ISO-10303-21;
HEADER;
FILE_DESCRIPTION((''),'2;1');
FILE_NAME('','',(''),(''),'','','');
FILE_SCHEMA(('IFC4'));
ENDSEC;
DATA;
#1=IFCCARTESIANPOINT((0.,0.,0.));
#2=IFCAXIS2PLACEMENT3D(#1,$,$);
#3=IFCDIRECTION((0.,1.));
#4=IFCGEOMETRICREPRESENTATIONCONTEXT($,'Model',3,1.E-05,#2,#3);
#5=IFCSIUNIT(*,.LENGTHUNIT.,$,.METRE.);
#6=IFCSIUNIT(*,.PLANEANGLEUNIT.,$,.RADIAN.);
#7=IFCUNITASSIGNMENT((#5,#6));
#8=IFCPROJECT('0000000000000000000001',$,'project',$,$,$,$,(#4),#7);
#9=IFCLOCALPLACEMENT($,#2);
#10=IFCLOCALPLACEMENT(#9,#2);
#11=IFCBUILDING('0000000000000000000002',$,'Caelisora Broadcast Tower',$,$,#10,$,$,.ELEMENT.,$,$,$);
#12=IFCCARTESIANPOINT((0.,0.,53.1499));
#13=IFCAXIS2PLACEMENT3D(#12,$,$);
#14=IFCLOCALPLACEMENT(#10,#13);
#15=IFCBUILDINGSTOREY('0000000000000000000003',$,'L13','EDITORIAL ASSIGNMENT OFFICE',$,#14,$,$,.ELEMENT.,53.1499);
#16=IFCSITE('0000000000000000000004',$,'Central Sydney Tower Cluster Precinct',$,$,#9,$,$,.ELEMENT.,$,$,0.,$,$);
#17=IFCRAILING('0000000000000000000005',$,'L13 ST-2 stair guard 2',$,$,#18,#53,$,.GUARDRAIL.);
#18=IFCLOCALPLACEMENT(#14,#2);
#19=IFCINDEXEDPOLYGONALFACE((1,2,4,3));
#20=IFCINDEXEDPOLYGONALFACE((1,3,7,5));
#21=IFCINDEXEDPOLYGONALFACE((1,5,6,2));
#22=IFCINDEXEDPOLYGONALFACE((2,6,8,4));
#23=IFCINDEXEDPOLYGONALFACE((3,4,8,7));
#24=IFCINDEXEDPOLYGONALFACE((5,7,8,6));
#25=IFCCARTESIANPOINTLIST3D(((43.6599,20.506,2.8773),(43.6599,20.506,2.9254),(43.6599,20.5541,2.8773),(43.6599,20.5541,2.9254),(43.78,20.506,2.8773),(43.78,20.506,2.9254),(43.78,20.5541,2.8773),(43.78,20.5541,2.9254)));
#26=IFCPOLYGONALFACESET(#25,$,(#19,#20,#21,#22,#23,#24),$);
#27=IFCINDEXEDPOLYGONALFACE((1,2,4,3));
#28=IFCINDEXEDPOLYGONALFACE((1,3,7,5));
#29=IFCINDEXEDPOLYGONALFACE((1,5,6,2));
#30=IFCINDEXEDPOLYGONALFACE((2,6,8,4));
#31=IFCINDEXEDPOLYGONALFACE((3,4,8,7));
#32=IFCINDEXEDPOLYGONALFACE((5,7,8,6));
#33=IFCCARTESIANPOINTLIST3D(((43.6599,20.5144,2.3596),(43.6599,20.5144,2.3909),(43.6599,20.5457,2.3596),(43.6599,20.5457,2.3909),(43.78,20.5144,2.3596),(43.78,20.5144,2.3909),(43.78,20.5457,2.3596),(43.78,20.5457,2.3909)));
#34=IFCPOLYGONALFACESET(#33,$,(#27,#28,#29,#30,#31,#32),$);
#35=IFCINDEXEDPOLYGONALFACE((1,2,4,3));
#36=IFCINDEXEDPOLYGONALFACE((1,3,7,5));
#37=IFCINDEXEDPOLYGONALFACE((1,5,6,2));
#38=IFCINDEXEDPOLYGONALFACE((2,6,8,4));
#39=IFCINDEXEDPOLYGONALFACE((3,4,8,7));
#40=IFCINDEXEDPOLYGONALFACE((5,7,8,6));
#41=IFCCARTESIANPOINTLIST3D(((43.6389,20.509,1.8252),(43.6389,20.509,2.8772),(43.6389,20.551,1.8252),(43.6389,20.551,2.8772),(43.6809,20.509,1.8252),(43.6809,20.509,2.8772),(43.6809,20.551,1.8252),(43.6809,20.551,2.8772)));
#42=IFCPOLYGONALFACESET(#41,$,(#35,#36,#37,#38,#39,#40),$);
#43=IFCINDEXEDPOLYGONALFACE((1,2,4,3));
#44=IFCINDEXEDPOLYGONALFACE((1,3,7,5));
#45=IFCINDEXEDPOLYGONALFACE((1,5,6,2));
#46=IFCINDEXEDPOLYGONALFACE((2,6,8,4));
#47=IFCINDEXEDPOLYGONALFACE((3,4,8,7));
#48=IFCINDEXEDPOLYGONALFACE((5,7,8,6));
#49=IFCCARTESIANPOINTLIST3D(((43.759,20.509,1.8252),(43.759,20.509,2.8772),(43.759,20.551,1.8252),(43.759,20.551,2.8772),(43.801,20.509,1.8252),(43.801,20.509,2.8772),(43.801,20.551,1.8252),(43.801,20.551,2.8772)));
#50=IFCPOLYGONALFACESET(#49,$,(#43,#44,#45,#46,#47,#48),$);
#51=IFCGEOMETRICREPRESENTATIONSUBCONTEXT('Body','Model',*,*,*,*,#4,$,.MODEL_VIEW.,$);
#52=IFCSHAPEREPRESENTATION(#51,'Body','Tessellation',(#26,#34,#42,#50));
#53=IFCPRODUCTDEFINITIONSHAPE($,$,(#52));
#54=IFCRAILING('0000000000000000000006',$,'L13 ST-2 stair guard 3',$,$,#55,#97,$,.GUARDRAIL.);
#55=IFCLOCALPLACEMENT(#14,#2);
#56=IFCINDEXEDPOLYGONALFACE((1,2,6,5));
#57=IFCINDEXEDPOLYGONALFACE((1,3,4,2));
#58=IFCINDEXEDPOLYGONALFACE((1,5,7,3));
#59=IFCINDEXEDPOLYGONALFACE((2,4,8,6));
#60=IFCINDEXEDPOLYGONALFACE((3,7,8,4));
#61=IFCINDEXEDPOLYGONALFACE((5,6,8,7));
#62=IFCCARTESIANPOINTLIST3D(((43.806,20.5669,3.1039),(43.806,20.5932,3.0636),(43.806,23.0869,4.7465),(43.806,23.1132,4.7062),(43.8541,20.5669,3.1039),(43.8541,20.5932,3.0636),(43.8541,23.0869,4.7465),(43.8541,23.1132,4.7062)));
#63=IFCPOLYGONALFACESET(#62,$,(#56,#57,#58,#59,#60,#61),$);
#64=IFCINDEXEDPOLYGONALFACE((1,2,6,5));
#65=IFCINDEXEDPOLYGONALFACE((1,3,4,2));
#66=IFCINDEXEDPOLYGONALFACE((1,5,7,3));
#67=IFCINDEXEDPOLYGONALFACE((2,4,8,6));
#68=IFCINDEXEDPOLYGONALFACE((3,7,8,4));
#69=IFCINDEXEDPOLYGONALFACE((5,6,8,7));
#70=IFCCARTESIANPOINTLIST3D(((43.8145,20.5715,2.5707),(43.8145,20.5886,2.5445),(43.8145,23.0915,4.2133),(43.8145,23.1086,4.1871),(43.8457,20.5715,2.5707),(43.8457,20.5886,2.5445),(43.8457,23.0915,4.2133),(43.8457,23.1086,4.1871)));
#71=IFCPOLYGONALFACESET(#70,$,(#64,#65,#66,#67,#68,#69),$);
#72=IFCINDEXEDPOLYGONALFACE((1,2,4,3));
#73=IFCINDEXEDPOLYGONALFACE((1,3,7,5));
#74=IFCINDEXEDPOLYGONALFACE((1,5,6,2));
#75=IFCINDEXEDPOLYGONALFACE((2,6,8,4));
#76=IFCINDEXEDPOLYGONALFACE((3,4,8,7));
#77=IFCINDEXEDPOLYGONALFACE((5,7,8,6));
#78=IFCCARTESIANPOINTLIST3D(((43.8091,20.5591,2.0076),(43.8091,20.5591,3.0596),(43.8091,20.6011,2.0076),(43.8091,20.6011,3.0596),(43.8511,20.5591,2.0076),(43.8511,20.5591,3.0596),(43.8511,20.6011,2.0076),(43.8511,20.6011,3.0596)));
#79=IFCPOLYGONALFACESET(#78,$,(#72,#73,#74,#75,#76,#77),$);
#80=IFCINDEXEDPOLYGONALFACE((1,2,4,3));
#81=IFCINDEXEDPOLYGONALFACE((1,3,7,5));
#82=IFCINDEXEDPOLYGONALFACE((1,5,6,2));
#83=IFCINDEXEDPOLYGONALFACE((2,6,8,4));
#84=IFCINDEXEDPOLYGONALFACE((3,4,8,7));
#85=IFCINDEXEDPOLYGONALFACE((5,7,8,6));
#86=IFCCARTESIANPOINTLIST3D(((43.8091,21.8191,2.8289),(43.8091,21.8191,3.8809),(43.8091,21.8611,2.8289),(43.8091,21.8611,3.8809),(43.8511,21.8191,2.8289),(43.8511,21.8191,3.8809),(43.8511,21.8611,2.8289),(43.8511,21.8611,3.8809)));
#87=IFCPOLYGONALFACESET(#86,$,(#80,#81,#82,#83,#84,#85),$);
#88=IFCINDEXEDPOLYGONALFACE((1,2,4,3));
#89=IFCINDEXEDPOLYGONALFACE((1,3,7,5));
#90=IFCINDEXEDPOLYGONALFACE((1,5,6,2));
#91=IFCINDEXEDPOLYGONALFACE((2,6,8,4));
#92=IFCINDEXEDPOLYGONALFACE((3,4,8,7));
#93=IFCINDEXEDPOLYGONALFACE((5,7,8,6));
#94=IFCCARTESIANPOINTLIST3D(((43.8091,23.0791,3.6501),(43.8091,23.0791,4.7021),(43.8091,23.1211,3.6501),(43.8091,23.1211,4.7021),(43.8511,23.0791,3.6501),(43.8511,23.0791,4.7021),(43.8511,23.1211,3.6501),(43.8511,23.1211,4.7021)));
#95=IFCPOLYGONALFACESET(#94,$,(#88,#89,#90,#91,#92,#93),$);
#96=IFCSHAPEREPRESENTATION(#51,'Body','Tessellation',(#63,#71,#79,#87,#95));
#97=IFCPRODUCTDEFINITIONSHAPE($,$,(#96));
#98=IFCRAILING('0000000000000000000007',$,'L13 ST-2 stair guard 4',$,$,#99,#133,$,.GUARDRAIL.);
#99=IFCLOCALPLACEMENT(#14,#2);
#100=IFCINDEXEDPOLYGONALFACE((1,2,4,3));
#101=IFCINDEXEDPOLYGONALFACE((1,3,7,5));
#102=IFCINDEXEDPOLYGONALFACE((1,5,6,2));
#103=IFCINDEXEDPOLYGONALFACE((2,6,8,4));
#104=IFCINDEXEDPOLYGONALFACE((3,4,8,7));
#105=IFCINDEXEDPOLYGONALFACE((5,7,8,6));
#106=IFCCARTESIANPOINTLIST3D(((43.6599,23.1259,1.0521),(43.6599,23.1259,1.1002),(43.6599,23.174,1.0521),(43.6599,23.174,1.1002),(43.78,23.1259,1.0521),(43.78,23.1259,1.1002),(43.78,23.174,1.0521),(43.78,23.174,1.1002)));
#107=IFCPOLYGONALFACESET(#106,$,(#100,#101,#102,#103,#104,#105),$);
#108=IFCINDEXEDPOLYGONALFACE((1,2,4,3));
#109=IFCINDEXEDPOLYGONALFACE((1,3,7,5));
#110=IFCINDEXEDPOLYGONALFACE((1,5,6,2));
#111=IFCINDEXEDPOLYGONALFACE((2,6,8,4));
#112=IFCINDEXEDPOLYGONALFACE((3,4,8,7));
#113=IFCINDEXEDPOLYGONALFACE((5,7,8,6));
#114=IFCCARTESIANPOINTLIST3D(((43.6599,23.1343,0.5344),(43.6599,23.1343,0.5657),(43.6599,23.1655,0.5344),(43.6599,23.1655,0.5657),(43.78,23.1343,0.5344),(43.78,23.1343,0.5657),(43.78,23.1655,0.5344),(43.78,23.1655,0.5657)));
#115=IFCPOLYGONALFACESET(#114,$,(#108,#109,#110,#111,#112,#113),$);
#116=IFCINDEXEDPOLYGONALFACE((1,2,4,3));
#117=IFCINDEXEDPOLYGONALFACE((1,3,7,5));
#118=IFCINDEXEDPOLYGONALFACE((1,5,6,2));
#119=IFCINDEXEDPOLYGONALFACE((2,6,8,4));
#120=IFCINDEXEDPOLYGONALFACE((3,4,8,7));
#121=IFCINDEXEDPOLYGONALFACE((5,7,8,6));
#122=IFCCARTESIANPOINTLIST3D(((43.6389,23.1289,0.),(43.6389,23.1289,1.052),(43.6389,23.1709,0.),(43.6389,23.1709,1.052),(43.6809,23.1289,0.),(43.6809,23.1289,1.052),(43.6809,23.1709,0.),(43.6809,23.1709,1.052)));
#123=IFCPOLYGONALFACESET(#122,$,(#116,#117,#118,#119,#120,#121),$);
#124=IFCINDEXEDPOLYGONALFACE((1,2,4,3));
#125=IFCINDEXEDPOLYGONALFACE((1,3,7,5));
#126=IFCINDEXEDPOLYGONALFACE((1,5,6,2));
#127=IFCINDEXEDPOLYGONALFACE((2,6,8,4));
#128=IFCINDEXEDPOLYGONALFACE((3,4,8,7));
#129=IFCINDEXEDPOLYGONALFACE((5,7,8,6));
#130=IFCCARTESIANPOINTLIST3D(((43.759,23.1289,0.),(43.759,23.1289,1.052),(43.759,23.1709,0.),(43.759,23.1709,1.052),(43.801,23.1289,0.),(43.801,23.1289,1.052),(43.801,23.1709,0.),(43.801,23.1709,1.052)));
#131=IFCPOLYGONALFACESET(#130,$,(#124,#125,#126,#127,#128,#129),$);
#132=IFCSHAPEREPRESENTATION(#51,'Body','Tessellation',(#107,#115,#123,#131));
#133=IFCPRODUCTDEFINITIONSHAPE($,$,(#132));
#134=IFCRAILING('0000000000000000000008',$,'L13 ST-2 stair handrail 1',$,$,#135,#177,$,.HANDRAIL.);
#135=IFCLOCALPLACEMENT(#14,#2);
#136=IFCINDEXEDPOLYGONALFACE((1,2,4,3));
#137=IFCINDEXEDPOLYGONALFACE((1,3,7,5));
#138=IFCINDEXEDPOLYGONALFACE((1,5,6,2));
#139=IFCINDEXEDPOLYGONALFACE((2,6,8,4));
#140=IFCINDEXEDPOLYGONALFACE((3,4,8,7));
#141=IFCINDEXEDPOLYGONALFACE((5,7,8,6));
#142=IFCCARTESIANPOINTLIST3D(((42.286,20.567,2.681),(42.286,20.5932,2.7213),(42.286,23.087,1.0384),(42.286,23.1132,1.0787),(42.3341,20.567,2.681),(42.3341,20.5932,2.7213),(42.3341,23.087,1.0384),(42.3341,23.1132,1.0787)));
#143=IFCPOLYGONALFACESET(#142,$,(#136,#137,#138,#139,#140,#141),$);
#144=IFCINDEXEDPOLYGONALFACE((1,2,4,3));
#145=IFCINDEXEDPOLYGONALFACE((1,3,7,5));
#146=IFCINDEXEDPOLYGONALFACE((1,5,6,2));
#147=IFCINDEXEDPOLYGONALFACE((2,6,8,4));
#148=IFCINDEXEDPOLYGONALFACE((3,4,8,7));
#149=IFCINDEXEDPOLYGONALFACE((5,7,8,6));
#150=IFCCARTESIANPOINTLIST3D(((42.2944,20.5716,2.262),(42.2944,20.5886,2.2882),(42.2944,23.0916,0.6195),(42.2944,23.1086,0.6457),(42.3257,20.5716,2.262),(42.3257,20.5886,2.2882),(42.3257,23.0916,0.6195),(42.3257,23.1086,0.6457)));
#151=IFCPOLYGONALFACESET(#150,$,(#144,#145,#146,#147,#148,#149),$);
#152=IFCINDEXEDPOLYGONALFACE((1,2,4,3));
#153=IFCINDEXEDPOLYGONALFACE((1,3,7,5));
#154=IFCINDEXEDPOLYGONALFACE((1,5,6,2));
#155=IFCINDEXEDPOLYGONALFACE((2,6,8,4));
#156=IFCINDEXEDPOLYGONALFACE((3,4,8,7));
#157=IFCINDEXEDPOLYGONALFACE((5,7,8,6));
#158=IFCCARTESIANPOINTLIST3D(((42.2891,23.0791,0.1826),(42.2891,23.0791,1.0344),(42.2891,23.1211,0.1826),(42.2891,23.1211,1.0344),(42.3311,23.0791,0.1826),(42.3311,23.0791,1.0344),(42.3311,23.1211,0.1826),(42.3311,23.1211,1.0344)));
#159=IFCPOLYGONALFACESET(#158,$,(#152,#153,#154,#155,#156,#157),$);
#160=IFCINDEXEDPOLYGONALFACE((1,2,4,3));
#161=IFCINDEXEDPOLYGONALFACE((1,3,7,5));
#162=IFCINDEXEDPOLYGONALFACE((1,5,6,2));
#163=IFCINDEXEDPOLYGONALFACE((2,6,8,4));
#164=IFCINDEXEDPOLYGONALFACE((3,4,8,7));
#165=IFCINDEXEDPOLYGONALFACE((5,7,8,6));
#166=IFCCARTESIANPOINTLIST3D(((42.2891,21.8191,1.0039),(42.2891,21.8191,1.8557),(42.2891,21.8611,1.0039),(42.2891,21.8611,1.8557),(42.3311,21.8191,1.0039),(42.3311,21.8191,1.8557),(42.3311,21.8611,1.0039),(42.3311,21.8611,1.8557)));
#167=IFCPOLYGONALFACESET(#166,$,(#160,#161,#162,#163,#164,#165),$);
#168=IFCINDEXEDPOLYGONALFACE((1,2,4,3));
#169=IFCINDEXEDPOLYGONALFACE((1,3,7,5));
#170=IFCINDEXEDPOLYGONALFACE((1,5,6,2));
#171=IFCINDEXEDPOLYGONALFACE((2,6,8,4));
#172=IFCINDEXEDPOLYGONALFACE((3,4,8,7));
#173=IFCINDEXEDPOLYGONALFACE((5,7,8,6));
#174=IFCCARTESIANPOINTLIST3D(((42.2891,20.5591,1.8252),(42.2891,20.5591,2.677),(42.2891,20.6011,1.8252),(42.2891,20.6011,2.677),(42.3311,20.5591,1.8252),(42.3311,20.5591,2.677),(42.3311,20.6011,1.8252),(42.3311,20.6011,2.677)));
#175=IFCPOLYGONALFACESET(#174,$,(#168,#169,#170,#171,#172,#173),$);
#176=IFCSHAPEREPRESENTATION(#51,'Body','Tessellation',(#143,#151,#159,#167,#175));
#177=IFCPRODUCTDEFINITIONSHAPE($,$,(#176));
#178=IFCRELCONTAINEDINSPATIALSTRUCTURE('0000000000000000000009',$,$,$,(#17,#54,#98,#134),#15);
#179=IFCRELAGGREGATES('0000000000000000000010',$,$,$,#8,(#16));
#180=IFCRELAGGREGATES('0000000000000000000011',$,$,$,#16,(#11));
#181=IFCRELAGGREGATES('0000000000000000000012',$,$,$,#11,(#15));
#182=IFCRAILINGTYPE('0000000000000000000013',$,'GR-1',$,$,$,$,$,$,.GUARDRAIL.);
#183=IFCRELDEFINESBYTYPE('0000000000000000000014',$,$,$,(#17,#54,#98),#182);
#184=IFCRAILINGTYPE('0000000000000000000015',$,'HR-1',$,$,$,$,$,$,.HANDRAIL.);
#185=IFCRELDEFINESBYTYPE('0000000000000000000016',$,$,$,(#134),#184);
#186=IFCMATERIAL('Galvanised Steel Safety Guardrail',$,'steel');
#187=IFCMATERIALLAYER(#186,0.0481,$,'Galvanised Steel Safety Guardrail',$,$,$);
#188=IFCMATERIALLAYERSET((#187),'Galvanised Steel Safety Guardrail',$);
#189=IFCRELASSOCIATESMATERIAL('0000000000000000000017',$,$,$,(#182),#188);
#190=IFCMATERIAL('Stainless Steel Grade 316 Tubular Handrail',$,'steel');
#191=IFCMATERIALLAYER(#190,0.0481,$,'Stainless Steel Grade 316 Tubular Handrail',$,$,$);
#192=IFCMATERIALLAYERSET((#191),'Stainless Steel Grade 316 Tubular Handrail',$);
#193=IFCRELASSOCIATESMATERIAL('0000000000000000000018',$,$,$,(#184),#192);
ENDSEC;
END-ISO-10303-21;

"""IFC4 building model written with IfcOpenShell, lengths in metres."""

from ifc_helpers import new_model, si_unit, direction, frame, origin, origin_2d, place, context, subcontext, project, spatial, rectangle, extrude, material, layer, layer_set, type_object, element, save


model = new_model("IFC4")

# Units and contexts
model_context = context("Model", 3, precision=1e-05, world=origin(), true_north=direction((0.0, 1.0)))
body_context = subcontext(model_context, "Body", "Model", "MODEL_VIEW")
ifc_project = project(units=[si_unit("LENGTHUNIT", "METRE"), si_unit("PLANEANGLEUNIT", "RADIAN")], contexts=[model_context])

# Site, building, storey
site_placement = place(None, origin())
site = spatial("IfcSite", under=ifc_project, at=site_placement, Name="Central Sydney Tower Cluster Precinct", CompositionType="ELEMENT", RefElevation=0.0)
building_placement = place(site_placement, origin())
building = spatial("IfcBuilding", under=site, at=building_placement, Name="Caelisora Broadcast Tower", CompositionType="ELEMENT")
storey_placement = place(building_placement, frame((0.0, 0.0, 53.1499)))
storey = spatial("IfcBuildingStorey", under=building, at=storey_placement, Name="L13", Description="EDITORIAL ASSIGNMENT OFFICE", CompositionType="ELEMENT", Elevation=53.1499)

# Railings
ifc_material_1 = material(Name="Galvanised Steel Safety Guardrail", Category="steel")
ifc_layer_1 = layer(ifc_material_1, 0.0481, Name="Galvanised Steel Safety Guardrail")
ifc_layer_set_1 = layer_set([ifc_layer_1], Name="Galvanised Steel Safety Guardrail")
railing_type_1 = type_object("IfcRailingType", Name="GR-1", PredefinedType="GUARDRAIL", material=ifc_layer_set_1)
railing_1_placement = place(storey_placement, frame((43.6599, 20.53, 1.8252)))
element("IfcRailing", 1, at=railing_1_placement, inside=storey, type_object=railing_type_1, Name="L13 ST-2 stair guard 2", PredefinedType="GUARDRAIL", context=body_context, shape_type="SweptSolid", body=[
    extrude(rectangle(XDim=0.0481, YDim=0.0481, at=origin_2d()), frame((0.0, 0.0, 1.0762), z_axis=(1.0, 0.0, 0.0), x_axis=(0.0, 1.0, 0.0)), (0.0, 0.0, 1.0), 0.1201),
    extrude(rectangle(XDim=0.0312, YDim=0.0312, at=origin_2d()), frame((0.0, 0.0, 0.55), z_axis=(1.0, 0.0, 0.0), x_axis=(0.0, 1.0, 0.0)), (0.0, 0.0, 1.0), 0.1201),
    extrude(rectangle(XDim=0.042, YDim=0.042, at=origin_2d()), origin(), (0.0, 0.0, 1.0), 1.052),
    extrude(rectangle(XDim=0.042, YDim=0.042, at=origin_2d()), frame((0.1201, 0.0, 0.0)), (0.0, 0.0, 1.0), 1.052),
])
railing_2_placement = place(storey_placement, frame((43.8301, 20.5801, 2.0076)))
element("IfcRailing", 2, at=railing_2_placement, inside=storey, type_object=railing_type_1, Name="L13 ST-2 stair guard 3", PredefinedType="GUARDRAIL", context=body_context, shape_type="SweptSolid", body=[
    extrude(rectangle(XDim=0.0481, YDim=0.0481, at=origin_2d()), frame((0.0, 0.0, 1.0762), z_axis=(0.0, 0.837749, 0.546055), x_axis=(-1.0, 0.0, 0.0)), (0.0, 0.0, 1.0), 3.0081),
    extrude(rectangle(XDim=0.0312, YDim=0.0312, at=origin_2d()), frame((0.0, 0.0, 0.55), z_axis=(0.0, 0.837749, 0.546055), x_axis=(-1.0, 0.0, 0.0)), (0.0, 0.0, 1.0), 3.0081),
    extrude(rectangle(XDim=0.042, YDim=0.042, at=origin_2d()), origin(), (0.0, 0.0, 1.0), 1.052),
    extrude(rectangle(XDim=0.042, YDim=0.042, at=origin_2d()), frame((0.0, 1.26, 0.8213)), (0.0, 0.0, 1.0), 1.052),
    extrude(rectangle(XDim=0.042, YDim=0.042, at=origin_2d()), frame((0.0, 2.52, 1.6426)), (0.0, 0.0, 1.0), 1.052),
])
railing_3_placement = place(storey_placement, frame((43.6599, 23.1499, 0.0)))
element("IfcRailing", 3, at=railing_3_placement, inside=storey, type_object=railing_type_1, Name="L13 ST-2 stair guard 4", PredefinedType="GUARDRAIL", context=body_context, shape_type="SweptSolid", body=[
    extrude(rectangle(XDim=0.0481, YDim=0.0481, at=origin_2d()), frame((0.0, 0.0, 1.0762), z_axis=(1.0, 0.0, 0.0), x_axis=(0.0, 1.0, 0.0)), (0.0, 0.0, 1.0), 0.1201),
    extrude(rectangle(XDim=0.0312, YDim=0.0312, at=origin_2d()), frame((0.0, 0.0, 0.55), z_axis=(1.0, 0.0, 0.0), x_axis=(0.0, 1.0, 0.0)), (0.0, 0.0, 1.0), 0.1201),
    extrude(rectangle(XDim=0.042, YDim=0.042, at=origin_2d()), origin(), (0.0, 0.0, 1.0), 1.052),
    extrude(rectangle(XDim=0.042, YDim=0.042, at=origin_2d()), frame((0.1201, 0.0, 0.0)), (0.0, 0.0, 1.0), 1.052),
])
ifc_material_2 = material(Name="Stainless Steel Grade 316 Tubular Handrail", Category="steel")
ifc_layer_2 = layer(ifc_material_2, 0.0481, Name="Stainless Steel Grade 316 Tubular Handrail")
ifc_layer_set_2 = layer_set([ifc_layer_2], Name="Stainless Steel Grade 316 Tubular Handrail")
railing_type_2 = type_object("IfcRailingType", Name="HR-1", PredefinedType="HANDRAIL", material=ifc_layer_set_2)
railing_4_placement = place(storey_placement, frame((42.3101, 23.1001, 0.1826)))
element("IfcRailing", 4, at=railing_4_placement, inside=storey, type_object=railing_type_2, Name="L13 ST-2 stair handrail 1", PredefinedType="HANDRAIL", context=body_context, shape_type="SweptSolid", body=[
    extrude(rectangle(XDim=0.0481, YDim=0.0481, at=origin_2d()), frame((0.0, 0.0, 0.876), z_axis=(0.0, -0.837749, 0.546055), x_axis=(1.0, 0.0, 0.0)), (0.0, 0.0, 1.0), 3.0081),
    extrude(rectangle(XDim=0.0312, YDim=0.0312, at=origin_2d()), frame((0.0, 0.0, 0.45), z_axis=(0.0, -0.837749, 0.546055), x_axis=(1.0, 0.0, 0.0)), (0.0, 0.0, 1.0), 3.0081),
    extrude(rectangle(XDim=0.042, YDim=0.042, at=origin_2d()), origin(), (0.0, 0.0, 1.0), 0.8518),
    extrude(rectangle(XDim=0.042, YDim=0.042, at=origin_2d()), frame((0.0, -1.26, 0.8213)), (0.0, 0.0, 1.0), 0.8518),
    extrude(rectangle(XDim=0.042, YDim=0.042, at=origin_2d()), frame((0.0, -2.52, 1.6426)), (0.0, 0.0, 1.0), 0.8518),
])

save(model, "model.ifc")
